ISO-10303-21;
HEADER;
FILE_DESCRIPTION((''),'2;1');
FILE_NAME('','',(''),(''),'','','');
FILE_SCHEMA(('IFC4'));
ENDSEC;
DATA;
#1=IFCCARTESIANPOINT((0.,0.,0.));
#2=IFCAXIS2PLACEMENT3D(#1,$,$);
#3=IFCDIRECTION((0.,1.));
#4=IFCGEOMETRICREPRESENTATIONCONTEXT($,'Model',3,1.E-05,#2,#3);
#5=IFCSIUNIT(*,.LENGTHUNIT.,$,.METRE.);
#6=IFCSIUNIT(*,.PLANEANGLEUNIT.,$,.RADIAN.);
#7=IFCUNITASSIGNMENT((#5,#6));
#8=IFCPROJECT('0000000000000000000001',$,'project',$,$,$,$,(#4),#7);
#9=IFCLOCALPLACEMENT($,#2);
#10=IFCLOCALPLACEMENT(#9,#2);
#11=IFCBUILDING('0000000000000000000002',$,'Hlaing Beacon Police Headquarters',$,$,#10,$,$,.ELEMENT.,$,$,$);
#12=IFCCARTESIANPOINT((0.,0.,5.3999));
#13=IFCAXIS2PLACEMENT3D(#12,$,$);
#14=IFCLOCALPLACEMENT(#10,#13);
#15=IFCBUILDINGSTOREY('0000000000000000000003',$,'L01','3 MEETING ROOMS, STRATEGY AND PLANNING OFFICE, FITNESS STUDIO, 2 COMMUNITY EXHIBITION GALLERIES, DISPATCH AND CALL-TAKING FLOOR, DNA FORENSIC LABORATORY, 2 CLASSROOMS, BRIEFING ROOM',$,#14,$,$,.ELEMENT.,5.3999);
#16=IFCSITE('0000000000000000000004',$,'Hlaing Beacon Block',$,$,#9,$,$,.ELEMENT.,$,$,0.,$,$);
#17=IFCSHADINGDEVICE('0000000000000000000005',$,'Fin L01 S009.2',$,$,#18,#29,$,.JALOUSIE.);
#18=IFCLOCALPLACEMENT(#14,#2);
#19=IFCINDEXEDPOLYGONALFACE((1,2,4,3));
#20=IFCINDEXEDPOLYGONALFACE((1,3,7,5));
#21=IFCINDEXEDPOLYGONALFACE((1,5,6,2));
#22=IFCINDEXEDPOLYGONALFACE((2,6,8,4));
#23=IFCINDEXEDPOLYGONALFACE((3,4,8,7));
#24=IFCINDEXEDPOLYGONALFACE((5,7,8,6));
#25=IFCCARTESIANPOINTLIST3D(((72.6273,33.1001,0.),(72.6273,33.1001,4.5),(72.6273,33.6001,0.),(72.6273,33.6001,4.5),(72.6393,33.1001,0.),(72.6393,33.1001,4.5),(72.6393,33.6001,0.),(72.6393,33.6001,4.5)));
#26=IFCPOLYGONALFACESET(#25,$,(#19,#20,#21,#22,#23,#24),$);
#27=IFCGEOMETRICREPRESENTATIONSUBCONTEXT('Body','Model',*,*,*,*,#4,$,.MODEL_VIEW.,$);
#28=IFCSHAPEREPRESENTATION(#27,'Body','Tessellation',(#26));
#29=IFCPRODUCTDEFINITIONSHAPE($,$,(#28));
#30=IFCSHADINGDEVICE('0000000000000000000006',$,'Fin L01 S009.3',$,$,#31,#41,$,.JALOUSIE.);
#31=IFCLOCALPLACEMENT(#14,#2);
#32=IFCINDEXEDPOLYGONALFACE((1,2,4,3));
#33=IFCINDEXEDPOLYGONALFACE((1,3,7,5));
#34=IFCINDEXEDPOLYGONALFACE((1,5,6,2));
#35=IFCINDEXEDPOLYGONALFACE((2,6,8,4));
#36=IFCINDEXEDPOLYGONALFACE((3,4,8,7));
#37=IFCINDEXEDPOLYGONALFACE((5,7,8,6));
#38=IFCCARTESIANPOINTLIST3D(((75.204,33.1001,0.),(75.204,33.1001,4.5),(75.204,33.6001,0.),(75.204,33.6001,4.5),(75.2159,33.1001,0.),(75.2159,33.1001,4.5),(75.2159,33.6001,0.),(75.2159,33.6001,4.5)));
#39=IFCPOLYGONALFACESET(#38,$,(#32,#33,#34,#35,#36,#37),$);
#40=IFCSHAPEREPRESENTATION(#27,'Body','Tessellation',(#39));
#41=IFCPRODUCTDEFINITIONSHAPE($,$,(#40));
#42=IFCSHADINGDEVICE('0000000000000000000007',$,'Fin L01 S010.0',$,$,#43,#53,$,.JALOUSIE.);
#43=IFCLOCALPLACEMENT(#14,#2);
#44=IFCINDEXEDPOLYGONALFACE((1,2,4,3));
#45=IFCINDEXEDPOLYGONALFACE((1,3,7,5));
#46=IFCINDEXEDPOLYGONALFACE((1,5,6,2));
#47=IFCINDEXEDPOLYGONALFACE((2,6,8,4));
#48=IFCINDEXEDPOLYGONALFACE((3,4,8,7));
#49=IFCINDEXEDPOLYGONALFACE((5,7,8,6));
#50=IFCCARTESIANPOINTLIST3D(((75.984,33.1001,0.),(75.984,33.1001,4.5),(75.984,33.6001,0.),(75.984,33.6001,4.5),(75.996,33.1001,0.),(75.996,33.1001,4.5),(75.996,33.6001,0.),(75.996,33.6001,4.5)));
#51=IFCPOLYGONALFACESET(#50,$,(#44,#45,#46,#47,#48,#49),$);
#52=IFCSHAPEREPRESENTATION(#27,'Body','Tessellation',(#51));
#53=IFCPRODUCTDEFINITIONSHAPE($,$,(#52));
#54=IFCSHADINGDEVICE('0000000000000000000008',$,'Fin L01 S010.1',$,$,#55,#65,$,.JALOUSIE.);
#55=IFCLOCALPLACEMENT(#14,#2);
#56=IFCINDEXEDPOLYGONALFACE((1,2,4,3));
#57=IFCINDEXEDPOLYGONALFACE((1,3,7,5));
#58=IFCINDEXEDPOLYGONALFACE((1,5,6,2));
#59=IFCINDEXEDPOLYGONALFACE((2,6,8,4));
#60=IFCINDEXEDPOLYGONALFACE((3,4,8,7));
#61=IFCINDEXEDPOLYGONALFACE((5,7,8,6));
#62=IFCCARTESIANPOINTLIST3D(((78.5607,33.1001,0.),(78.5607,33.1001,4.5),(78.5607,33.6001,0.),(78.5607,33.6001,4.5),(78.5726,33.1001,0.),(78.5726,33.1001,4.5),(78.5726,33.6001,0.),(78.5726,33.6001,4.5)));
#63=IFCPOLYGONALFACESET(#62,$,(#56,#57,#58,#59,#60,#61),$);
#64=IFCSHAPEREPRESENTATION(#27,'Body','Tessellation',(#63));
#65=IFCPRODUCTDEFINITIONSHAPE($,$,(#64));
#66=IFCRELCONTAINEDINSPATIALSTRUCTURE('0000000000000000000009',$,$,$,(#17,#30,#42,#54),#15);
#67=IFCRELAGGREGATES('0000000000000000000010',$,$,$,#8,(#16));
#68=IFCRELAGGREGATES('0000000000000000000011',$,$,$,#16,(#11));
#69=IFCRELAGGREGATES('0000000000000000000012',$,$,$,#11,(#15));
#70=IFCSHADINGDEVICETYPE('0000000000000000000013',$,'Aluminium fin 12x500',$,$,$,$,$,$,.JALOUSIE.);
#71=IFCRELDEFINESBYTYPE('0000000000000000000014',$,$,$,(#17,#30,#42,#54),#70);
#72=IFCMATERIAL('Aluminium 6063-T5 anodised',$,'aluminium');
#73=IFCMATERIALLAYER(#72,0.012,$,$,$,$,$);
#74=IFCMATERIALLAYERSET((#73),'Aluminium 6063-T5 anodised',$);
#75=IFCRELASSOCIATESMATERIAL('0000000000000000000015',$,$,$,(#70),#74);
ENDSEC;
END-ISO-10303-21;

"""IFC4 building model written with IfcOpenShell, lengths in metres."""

from ifc_helpers import new_model, si_unit, direction, frame, origin, origin_2d, place, context, subcontext, project, spatial, rectangle, extrude, material, layer, layer_set, type_object, element, save


model = new_model("IFC4")

# Units and contexts
model_context = context("Model", 3, precision=1e-05, world=origin(), true_north=direction((0.0, 1.0)))
body_context = subcontext(model_context, "Body", "Model", "MODEL_VIEW")
ifc_project = project(units=[si_unit("LENGTHUNIT", "METRE"), si_unit("PLANEANGLEUNIT", "RADIAN")], contexts=[model_context])

# Site, building, storey
site_placement = place(None, origin())
site = spatial("IfcSite", under=ifc_project, at=site_placement, Name="Hlaing Beacon Block", CompositionType="ELEMENT", RefElevation=0.0)
building_placement = place(site_placement, origin())
building = spatial("IfcBuilding", under=site, at=building_placement, Name="Hlaing Beacon Police Headquarters", CompositionType="ELEMENT")
storey_placement = place(building_placement, frame((0.0, 0.0, 5.3999)))
storey = spatial("IfcBuildingStorey", under=building, at=storey_placement, Name="L01", Description="3 MEETING ROOMS, STRATEGY AND PLANNING OFFICE, FITNESS STUDIO, 2 COMMUNITY EXHIBITION GALLERIES, DISPATCH AND CALL-TAKING FLOOR, DNA FORENSIC LABORATORY, 2 CLASSROOMS, BRIEFING ROOM", CompositionType="ELEMENT", Elevation=5.3999)

# Shading devices
ifc_material_1 = material(Name="Aluminium 6063-T5 anodised", Category="aluminium")
ifc_layer_1 = layer(ifc_material_1, 0.012)
ifc_layer_set_1 = layer_set([ifc_layer_1], Name="Aluminium 6063-T5 anodised")
shading_device_type = type_object("IfcShadingDeviceType", Name="Aluminium fin 12x500", PredefinedType="JALOUSIE", material=ifc_layer_set_1)
for number, where, z_axis, x_axis, name in (
    (1, (72.6333, 33.3501, 0.0), (0.0, 0.0, 1.0), (1.0, 0.0, 0.0), "Fin L01 S009.2"),
    (2, (75.21, 33.3501, 0.0), (0.0, 0.0, 1.0), (1.0, 0.0, 0.0), "Fin L01 S009.3"),
    (3, (75.99, 33.3501, 0.0), (0.0, 0.0, 1.0), (1.0, 0.0, 0.0), "Fin L01 S010.0"),
    (4, (78.5667, 33.3501, 0.0), (0.0, 0.0, 1.0), (1.0, 0.0, 0.0), "Fin L01 S010.1"),
):
    element("IfcShadingDevice", number, at=place(storey_placement, frame(where, z_axis=z_axis, x_axis=x_axis)), inside=storey, type_object=shading_device_type, Name=name, PredefinedType="JALOUSIE", context=body_context, shape_type="SweptSolid", body=[
        extrude(rectangle(XDim=0.012, YDim=0.5, at=origin_2d()), origin(), (0.0, 0.0, 1.0), 4.5),
    ])

save(model, "model.ifc")
